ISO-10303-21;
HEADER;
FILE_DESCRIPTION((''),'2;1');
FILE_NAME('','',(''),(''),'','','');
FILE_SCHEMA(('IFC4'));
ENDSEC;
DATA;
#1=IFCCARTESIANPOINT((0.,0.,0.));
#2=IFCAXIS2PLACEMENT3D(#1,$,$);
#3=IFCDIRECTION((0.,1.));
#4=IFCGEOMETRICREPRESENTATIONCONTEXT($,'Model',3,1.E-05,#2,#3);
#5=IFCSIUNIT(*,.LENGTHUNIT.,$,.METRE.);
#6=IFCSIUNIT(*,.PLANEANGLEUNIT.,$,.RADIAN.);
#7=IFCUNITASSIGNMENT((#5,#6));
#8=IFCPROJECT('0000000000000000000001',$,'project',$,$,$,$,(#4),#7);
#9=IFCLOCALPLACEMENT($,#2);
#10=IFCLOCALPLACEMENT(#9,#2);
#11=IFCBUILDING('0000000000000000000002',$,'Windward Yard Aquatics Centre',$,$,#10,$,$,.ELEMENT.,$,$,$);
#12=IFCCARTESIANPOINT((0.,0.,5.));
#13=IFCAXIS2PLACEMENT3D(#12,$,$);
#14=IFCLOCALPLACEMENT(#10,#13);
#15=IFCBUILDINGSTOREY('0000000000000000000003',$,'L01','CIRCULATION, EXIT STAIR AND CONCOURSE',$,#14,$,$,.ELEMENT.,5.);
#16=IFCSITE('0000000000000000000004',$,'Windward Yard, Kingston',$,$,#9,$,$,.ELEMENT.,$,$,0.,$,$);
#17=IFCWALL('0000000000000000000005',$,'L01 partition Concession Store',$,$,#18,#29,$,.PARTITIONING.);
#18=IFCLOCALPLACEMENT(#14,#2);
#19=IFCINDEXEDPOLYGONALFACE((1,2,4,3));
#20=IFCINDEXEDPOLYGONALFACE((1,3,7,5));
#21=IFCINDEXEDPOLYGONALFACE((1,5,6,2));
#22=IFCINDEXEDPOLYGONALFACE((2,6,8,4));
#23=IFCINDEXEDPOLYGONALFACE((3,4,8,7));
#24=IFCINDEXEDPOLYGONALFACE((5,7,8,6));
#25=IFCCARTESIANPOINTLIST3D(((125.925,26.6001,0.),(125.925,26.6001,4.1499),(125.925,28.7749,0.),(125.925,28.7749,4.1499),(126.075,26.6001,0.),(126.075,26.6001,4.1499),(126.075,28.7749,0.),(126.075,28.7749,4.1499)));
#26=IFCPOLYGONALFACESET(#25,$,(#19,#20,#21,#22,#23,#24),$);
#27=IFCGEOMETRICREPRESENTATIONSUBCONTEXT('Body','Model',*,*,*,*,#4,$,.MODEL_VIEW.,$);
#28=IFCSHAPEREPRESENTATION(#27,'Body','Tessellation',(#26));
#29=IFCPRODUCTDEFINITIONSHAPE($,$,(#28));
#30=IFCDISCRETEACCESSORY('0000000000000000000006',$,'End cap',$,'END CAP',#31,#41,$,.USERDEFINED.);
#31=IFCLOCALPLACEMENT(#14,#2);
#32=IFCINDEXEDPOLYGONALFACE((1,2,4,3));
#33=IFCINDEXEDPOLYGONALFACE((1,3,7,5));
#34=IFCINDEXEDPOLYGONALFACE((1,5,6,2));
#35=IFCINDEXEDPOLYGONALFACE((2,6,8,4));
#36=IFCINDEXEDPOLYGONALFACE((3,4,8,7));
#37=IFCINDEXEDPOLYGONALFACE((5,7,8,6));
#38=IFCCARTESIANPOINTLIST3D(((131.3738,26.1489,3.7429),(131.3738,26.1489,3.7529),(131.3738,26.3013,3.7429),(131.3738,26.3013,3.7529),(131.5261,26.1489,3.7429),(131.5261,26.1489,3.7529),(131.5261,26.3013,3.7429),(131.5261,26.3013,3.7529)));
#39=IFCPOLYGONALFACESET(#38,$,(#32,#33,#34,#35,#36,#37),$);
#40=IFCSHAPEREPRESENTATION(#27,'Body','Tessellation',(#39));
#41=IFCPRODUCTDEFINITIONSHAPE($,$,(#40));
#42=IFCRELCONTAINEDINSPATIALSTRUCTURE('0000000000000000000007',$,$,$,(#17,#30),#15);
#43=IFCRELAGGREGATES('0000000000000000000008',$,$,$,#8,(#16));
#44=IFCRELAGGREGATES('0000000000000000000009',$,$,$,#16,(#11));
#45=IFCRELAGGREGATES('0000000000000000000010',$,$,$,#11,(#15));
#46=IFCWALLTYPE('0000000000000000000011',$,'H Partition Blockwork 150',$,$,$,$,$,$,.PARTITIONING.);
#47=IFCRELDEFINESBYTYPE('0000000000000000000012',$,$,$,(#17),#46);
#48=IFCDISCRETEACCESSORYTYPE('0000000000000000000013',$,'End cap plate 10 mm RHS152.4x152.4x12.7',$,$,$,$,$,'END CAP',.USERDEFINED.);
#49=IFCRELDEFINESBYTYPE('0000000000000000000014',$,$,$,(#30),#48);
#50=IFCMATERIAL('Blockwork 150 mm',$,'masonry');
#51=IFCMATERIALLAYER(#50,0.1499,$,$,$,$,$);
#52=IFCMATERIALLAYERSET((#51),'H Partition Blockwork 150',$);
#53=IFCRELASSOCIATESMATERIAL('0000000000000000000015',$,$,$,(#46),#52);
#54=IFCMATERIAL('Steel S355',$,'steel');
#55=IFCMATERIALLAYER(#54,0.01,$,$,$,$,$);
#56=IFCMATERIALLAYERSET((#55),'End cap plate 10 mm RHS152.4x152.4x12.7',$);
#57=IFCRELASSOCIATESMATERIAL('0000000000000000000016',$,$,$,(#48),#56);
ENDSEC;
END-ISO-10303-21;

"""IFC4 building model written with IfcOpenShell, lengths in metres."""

from ifc_helpers import new_model, si_unit, direction, frame, frame_2d, origin, origin_2d, place, context, subcontext, project, spatial, rectangle, extrude, material, layer, layer_set, type_object, element, save


model = new_model("IFC4")

# Units and contexts
model_context = context("Model", 3, precision=1e-05, world=origin(), true_north=direction((0.0, 1.0)))
body_context = subcontext(model_context, "Body", "Model", "MODEL_VIEW")
ifc_project = project(units=[si_unit("LENGTHUNIT", "METRE"), si_unit("PLANEANGLEUNIT", "RADIAN")], contexts=[model_context])

# Site, building, storey
site_placement = place(None, origin())
site = spatial("IfcSite", under=ifc_project, at=site_placement, Name="Windward Yard, Kingston", CompositionType="ELEMENT", RefElevation=0.0)
building_placement = place(site_placement, origin())
building = spatial("IfcBuilding", under=site, at=building_placement, Name="Windward Yard Aquatics Centre", CompositionType="ELEMENT")
storey_placement = place(building_placement, frame((0.0, 0.0, 5.0)))
storey = spatial("IfcBuildingStorey", under=building, at=storey_placement, Name="L01", Description="CIRCULATION, EXIT STAIR AND CONCOURSE", CompositionType="ELEMENT", Elevation=5.0)

# Wall
ifc_material_1 = material(Name="Blockwork 150 mm", Category="masonry")
ifc_layer_1 = layer(ifc_material_1, 0.1499)
ifc_layer_set_1 = layer_set([ifc_layer_1], Name="H Partition Blockwork 150")
wall_type = type_object("IfcWallType", Name="H Partition Blockwork 150", PredefinedType="PARTITIONING", material=ifc_layer_set_1)
wall_placement = place(storey_placement, frame((126.0, 26.6001, 0.0), z_axis=(0.0, 0.0, 1.0), x_axis=(0.0, 1.0, 0.0)))
element("IfcWall", 1, at=wall_placement, inside=storey, type_object=wall_type, Name="L01 partition Concession Store", PredefinedType="PARTITIONING", context=body_context, shape_type="SweptSolid", body=[
    extrude(rectangle(XDim=2.1748, YDim=0.1499, at=frame_2d((1.0874, 0.0))), origin(), (0.0, 0.0, 1.0), 4.1499),
])

# Discrete accessory
ifc_material_2 = material(Name="Steel S355", Category="steel")
ifc_layer_2 = layer(ifc_material_2, 0.01)
ifc_layer_set_2 = layer_set([ifc_layer_2], Name="End cap plate 10 mm RHS152.4x152.4x12.7")
discrete_accessory_type = type_object("IfcDiscreteAccessoryType", Name="End cap plate 10 mm RHS152.4x152.4x12.7", ElementType="END CAP", PredefinedType="USERDEFINED", material=ifc_layer_set_2)
discrete_accessory_placement = place(storey_placement, frame((131.45, 26.2251, 3.7429), z_axis=(0.0, 0.0, 1.0), x_axis=(1.0, 0.0, 0.0)))
element("IfcDiscreteAccessory", 2, at=discrete_accessory_placement, inside=storey, type_object=discrete_accessory_type, Name="End cap", ObjectType="END CAP", PredefinedType="USERDEFINED", context=body_context, shape_type="SweptSolid", body=[
    extrude(rectangle(XDim=0.1523, YDim=0.1523, at=origin_2d()), origin(), (0.0, 0.0, 1.0), 0.01),
])

save(model, "model.ifc")
